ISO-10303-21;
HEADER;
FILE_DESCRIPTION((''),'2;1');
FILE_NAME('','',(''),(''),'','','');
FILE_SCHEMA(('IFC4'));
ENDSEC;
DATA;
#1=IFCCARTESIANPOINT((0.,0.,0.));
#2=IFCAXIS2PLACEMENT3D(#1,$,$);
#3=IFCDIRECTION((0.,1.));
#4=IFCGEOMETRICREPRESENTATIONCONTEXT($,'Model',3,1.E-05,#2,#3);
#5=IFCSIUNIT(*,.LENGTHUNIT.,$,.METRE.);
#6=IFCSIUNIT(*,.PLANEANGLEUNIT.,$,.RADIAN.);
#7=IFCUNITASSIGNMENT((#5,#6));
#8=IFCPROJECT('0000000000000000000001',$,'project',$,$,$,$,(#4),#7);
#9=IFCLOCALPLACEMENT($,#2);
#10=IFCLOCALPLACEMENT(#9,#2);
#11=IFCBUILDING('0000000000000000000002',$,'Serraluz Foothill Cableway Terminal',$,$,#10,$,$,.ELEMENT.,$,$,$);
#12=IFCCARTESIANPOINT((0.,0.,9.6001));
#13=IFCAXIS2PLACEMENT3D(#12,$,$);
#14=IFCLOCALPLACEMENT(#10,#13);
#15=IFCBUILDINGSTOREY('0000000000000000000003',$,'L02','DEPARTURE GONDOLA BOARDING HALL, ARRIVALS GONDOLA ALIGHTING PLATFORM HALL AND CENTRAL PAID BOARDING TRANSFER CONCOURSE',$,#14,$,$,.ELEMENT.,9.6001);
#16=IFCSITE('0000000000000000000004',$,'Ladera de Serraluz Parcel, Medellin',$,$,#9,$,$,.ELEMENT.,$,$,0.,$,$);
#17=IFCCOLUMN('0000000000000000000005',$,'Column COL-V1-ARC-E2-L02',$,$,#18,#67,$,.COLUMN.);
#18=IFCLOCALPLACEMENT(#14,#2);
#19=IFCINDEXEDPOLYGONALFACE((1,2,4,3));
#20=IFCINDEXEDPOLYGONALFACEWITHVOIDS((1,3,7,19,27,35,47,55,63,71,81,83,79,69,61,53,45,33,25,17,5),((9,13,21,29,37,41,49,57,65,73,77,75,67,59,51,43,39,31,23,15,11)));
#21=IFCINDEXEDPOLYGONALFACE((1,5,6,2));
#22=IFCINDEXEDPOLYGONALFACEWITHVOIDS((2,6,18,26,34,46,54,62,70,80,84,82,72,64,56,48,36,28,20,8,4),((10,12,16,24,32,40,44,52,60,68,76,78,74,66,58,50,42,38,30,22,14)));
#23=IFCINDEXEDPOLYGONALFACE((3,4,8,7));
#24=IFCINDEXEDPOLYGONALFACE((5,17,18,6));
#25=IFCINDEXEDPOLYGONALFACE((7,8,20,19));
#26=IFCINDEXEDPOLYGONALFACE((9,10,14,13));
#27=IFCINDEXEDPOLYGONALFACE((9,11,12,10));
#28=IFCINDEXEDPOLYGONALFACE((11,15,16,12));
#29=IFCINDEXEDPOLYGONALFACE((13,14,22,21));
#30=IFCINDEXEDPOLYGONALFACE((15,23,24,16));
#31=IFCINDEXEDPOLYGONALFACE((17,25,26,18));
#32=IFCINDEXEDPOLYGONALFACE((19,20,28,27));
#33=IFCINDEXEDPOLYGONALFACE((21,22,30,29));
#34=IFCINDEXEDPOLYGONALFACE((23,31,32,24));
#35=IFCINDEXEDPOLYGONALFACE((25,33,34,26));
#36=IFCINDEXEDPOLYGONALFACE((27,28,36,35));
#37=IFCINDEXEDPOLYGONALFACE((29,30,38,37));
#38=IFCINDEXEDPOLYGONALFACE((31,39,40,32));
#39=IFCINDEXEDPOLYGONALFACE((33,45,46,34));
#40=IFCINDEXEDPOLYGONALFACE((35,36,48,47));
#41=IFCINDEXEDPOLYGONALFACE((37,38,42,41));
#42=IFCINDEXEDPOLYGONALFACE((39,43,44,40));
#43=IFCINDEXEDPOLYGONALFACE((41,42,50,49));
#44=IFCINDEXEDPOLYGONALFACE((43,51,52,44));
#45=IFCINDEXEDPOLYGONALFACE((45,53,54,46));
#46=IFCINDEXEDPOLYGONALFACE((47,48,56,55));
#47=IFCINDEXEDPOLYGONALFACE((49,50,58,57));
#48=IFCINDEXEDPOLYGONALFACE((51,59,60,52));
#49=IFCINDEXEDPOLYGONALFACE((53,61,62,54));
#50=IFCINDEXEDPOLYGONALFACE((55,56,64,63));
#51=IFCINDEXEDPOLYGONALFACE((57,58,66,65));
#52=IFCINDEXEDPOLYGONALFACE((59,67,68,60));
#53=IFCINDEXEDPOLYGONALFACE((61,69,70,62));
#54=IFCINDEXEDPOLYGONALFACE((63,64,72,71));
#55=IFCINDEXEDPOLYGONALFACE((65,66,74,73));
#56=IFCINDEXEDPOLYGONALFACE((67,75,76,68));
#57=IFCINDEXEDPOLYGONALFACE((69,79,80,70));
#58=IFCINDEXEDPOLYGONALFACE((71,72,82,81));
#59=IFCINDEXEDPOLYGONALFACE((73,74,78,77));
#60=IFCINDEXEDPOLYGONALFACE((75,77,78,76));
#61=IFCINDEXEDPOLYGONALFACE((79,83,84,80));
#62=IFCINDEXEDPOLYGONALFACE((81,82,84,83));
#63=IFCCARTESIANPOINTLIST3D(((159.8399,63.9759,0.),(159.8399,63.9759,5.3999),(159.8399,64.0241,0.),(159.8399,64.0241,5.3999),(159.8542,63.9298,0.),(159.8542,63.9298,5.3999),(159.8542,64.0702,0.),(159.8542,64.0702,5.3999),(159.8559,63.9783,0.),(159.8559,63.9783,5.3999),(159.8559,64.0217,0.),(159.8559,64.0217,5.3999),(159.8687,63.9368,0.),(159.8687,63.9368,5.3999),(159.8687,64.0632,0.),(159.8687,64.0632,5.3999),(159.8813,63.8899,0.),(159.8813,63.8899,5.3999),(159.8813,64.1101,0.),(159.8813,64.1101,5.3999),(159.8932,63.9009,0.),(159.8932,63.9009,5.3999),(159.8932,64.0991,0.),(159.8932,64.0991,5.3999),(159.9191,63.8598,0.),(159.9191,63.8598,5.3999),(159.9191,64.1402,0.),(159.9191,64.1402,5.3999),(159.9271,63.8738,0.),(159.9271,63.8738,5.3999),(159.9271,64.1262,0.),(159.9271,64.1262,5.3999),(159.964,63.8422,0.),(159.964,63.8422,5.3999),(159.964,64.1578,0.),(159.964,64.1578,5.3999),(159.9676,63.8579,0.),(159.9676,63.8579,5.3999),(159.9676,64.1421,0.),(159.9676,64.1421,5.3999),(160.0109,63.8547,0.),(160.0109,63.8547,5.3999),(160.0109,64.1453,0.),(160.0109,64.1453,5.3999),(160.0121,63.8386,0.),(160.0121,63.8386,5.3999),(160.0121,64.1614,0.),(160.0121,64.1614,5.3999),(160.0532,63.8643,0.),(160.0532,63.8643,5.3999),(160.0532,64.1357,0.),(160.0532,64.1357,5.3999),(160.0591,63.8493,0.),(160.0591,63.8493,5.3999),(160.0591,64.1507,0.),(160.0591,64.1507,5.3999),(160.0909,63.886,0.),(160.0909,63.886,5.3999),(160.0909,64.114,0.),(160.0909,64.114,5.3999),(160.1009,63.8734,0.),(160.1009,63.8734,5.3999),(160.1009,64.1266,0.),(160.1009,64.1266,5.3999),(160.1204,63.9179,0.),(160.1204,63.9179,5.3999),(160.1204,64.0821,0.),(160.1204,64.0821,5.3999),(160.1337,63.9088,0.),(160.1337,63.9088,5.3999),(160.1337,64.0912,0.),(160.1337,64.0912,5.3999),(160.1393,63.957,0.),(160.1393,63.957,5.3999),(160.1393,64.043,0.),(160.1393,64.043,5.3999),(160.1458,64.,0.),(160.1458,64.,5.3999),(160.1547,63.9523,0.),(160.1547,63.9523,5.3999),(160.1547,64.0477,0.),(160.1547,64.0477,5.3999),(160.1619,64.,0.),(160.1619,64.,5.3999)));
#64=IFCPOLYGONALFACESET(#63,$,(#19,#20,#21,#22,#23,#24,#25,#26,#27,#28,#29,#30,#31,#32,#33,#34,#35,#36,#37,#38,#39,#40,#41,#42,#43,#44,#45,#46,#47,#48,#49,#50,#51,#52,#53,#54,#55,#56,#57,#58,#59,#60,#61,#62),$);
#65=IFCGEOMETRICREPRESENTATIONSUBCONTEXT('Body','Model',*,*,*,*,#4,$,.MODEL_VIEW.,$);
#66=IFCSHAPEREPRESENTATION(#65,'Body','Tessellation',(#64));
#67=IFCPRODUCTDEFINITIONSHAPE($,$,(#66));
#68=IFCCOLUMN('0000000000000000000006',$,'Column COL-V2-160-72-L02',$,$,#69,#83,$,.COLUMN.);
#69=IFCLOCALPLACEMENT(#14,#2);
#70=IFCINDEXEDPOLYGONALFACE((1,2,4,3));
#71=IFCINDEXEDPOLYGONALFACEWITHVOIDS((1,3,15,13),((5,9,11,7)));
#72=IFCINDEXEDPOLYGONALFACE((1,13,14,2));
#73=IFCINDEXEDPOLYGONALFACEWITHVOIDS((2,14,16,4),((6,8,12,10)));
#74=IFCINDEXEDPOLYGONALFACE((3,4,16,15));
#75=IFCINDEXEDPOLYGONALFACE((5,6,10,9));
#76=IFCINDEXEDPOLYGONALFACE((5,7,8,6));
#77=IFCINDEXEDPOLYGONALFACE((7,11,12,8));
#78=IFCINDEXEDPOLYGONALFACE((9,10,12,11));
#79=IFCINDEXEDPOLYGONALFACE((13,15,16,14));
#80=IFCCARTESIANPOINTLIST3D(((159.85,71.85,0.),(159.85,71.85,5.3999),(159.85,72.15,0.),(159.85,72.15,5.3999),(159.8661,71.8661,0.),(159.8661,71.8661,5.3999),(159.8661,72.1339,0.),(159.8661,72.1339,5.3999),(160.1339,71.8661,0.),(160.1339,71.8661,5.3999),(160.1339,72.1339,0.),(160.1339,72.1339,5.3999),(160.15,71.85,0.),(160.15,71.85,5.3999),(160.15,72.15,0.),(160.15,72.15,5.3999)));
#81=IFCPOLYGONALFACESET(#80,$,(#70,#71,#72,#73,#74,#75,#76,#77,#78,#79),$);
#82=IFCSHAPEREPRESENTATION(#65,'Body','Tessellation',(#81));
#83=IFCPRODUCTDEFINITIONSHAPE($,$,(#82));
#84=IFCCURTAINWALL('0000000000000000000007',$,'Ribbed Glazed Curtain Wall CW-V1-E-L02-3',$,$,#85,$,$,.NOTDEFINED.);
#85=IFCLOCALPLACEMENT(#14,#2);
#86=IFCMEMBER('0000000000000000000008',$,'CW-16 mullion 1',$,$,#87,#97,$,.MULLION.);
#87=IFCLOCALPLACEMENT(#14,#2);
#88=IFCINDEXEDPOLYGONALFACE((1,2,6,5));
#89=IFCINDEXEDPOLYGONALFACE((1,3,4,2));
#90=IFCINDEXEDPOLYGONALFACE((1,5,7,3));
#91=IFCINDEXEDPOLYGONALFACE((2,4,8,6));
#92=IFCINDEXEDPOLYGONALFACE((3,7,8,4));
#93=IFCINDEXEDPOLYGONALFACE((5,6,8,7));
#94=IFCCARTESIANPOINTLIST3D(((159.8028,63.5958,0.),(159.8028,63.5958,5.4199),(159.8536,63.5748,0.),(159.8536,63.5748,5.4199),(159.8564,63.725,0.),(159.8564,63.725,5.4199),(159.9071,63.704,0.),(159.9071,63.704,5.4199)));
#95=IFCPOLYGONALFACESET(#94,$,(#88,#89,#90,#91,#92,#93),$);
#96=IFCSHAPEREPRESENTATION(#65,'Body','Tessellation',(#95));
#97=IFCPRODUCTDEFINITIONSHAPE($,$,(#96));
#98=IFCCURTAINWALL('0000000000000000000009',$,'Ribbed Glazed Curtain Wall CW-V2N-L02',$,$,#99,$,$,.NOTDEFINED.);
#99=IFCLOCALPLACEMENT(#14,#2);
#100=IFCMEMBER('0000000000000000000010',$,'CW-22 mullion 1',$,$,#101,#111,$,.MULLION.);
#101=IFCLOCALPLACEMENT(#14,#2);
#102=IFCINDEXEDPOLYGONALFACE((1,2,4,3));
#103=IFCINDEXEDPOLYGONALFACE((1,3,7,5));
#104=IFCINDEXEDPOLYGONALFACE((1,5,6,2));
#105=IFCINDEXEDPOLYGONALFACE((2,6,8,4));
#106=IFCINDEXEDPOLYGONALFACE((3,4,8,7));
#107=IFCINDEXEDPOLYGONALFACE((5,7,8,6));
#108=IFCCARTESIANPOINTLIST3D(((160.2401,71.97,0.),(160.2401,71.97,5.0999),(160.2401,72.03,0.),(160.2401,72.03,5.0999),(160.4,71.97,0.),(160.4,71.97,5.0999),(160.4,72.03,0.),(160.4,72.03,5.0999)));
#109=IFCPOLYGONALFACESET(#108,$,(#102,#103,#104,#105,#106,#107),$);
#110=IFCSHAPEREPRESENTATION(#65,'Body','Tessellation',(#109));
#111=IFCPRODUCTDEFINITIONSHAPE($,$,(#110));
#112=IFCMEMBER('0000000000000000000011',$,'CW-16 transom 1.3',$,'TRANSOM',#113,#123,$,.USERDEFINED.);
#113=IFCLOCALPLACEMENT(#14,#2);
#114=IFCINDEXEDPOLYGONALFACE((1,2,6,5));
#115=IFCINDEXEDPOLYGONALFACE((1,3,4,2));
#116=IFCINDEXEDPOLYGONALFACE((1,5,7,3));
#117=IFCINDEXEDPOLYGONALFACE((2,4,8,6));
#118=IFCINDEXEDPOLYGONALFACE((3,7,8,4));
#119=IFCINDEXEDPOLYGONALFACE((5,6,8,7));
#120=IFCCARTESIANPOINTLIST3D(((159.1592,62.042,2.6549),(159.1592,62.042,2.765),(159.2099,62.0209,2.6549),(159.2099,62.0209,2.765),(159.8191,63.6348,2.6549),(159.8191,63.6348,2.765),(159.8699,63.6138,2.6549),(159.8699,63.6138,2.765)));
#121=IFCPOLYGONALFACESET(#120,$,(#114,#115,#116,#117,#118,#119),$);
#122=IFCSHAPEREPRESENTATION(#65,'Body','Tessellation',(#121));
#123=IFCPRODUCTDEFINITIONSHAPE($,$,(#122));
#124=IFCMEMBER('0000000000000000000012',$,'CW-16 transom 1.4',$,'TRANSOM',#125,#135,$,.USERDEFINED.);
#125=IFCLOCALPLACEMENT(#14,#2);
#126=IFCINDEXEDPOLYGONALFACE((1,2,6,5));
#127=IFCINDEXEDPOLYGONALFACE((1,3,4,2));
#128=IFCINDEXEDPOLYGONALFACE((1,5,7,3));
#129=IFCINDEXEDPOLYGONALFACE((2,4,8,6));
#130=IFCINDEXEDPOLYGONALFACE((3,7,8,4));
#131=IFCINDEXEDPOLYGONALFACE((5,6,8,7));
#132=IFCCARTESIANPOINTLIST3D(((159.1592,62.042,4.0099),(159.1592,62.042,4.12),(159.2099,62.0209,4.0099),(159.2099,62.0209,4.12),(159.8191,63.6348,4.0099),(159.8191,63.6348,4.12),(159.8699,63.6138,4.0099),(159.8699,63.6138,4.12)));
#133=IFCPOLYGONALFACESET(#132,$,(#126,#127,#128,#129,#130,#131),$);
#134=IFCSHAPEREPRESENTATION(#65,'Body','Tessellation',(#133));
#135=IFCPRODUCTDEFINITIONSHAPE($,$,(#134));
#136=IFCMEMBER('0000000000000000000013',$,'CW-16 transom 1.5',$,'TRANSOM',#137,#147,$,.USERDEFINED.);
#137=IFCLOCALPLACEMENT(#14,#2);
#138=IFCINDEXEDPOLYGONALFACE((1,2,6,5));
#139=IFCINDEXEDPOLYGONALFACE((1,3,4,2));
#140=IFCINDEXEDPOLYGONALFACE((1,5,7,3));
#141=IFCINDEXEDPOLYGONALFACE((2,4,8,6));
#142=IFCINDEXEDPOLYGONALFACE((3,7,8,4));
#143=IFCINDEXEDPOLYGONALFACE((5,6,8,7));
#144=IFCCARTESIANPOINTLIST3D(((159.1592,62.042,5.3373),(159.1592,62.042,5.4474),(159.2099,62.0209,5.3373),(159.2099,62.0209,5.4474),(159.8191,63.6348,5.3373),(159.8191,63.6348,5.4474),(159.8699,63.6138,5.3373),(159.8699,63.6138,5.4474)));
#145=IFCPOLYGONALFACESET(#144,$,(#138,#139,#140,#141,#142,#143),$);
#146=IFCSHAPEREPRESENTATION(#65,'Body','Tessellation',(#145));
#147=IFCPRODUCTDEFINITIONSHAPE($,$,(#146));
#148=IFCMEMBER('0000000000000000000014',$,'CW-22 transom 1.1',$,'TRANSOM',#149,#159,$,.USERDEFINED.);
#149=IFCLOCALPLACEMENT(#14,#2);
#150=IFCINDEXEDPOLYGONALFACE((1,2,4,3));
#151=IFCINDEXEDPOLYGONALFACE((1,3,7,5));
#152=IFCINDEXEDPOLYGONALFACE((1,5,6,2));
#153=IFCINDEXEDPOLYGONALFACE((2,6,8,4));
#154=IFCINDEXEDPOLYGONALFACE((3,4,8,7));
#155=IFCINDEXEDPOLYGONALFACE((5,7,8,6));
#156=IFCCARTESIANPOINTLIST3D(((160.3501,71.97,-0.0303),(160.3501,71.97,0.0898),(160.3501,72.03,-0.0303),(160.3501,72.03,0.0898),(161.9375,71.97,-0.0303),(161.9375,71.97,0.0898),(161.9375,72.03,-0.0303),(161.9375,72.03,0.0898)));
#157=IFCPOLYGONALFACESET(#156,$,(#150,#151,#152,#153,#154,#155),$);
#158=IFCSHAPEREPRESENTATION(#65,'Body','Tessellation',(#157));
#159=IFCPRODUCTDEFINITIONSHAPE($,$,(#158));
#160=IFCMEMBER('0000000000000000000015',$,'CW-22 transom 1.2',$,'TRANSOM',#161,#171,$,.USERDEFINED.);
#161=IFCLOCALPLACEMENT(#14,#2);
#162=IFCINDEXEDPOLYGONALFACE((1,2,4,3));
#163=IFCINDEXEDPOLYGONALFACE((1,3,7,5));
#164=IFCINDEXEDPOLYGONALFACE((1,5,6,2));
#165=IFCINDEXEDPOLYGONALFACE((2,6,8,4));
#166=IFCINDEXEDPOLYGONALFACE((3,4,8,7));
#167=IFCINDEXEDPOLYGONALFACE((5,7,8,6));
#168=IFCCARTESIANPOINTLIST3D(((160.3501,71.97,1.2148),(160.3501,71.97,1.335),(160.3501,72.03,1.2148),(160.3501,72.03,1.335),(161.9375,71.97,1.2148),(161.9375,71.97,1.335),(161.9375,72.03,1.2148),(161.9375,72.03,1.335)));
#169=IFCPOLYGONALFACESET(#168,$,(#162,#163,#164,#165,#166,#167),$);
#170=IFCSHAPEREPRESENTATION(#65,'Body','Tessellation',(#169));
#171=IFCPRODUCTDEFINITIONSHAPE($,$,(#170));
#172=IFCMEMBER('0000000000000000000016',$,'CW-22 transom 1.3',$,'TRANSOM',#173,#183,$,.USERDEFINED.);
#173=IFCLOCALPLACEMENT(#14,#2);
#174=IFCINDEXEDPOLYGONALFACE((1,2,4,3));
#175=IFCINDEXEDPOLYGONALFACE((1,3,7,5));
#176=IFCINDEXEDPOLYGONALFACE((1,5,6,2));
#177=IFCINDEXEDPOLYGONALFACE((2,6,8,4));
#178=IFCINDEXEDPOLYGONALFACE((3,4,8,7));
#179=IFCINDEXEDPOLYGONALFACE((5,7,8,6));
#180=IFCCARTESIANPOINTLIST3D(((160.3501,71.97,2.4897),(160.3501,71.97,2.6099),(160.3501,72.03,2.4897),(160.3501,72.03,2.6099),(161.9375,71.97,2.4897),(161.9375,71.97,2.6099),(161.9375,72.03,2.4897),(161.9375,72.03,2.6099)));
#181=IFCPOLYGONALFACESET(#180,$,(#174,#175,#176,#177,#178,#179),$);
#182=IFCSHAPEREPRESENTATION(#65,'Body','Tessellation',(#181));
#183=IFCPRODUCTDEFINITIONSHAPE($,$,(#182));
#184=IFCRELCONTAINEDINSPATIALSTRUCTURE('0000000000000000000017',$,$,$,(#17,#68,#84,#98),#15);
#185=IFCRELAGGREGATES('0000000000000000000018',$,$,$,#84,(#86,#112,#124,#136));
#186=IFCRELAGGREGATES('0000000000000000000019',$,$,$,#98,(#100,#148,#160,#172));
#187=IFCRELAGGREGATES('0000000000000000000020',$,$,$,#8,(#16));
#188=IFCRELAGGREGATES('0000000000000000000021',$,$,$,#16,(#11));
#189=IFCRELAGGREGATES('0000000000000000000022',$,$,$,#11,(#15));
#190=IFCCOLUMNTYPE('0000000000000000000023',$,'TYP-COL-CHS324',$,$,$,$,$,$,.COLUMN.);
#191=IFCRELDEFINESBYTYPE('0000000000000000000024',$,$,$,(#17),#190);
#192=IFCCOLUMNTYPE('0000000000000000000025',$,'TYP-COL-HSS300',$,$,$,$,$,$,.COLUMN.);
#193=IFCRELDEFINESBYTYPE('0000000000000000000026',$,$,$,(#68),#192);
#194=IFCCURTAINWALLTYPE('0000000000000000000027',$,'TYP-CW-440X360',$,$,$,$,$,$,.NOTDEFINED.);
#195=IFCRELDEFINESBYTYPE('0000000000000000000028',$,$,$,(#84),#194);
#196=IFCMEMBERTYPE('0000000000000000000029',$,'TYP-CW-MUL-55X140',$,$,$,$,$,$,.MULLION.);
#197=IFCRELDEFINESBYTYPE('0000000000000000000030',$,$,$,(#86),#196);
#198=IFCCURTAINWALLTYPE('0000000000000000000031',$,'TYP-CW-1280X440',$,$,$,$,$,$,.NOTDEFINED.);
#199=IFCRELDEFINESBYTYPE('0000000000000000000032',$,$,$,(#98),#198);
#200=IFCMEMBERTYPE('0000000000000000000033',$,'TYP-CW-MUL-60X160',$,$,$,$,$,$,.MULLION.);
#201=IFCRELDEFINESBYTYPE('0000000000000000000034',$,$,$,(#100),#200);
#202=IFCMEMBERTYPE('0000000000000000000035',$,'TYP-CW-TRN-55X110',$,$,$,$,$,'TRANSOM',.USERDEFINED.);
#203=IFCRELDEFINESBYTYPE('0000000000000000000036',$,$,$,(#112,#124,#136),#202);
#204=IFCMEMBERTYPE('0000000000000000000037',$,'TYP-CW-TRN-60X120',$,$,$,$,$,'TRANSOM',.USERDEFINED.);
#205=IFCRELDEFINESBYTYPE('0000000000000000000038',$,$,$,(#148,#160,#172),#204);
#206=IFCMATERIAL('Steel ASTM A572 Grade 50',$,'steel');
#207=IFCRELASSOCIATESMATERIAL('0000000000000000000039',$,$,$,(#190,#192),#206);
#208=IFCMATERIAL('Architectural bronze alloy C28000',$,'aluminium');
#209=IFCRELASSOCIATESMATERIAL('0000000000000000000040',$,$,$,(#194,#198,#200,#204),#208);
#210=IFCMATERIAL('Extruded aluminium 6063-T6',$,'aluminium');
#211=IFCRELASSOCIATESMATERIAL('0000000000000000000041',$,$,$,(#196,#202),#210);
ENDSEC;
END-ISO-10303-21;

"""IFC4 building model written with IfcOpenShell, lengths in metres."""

from ifc_helpers import new_model, si_unit, direction, frame, origin, origin_2d, place, context, subcontext, project, spatial, rectangle, hollow_rectangle, hollow_circle, extrude, material, material_profile, profile_set, type_object, element, aggregate, save


model = new_model("IFC4")

# Units and contexts
model_context = context("Model", 3, precision=1e-05, world=origin(), true_north=direction((0.0, 1.0)))
body_context = subcontext(model_context, "Body", "Model", "MODEL_VIEW")
ifc_project = project(units=[si_unit("LENGTHUNIT", "METRE"), si_unit("PLANEANGLEUNIT", "RADIAN")], contexts=[model_context])

# Site, building, storey
site_placement = place(None, origin())
site = spatial("IfcSite", under=ifc_project, at=site_placement, Name="Ladera de Serraluz Parcel, Medellin", CompositionType="ELEMENT", RefElevation=0.0)
building_placement = place(site_placement, origin())
building = spatial("IfcBuilding", under=site, at=building_placement, Name="Serraluz Foothill Cableway Terminal", CompositionType="ELEMENT")
storey_placement = place(building_placement, frame((0.0, 0.0, 9.6001)))
storey = spatial("IfcBuildingStorey", under=building, at=storey_placement, Name="L02", Description="DEPARTURE GONDOLA BOARDING HALL, ARRIVALS GONDOLA ALIGHTING PLATFORM HALL AND CENTRAL PAID BOARDING TRANSFER CONCOURSE", CompositionType="ELEMENT", Elevation=9.6001)

# Columns
ifc_material_1 = material(Name="Steel ASTM A572 Grade 50", Category="steel")
ifc_material_profile_1 = material_profile(ifc_material_1, hollow_circle(Radius=0.1619, WallThickness=0.0161, at=origin_2d()), Name="CHS324X16")
ifc_profile_set_1 = profile_set([ifc_material_profile_1], Name="Steel ASTM A572 Grade 50")
column_type_1 = type_object("IfcColumnType", Name="TYP-COL-CHS324", PredefinedType="COLUMN", material=ifc_profile_set_1)
column_1_placement = place(storey_placement, frame((160.0, 64.0, 0.0), z_axis=(0.0, 0.0, 1.0), x_axis=(1.0, 0.0, 0.0)))
element("IfcColumn", 1, at=column_1_placement, inside=storey, type_object=column_type_1, Name="Column COL-V1-ARC-E2-L02", PredefinedType="COLUMN", context=body_context, shape_type="SweptSolid", body=[
    extrude(hollow_circle(Radius=0.1619, WallThickness=0.0161, at=origin_2d()), origin(), (0.0, 0.0, 1.0), 5.3999),
])
ifc_material_profile_2 = material_profile(ifc_material_1, hollow_rectangle(XDim=0.3, YDim=0.3, WallThickness=0.0161, at=origin_2d()), Name="HSS300X300X16")
ifc_profile_set_2 = profile_set([ifc_material_profile_2], Name="Steel ASTM A572 Grade 50")
column_type_2 = type_object("IfcColumnType", Name="TYP-COL-HSS300", PredefinedType="COLUMN", material=ifc_profile_set_2)
column_2_placement = place(storey_placement, frame((160.0, 72.0, 0.0), z_axis=(0.0, 0.0, 1.0), x_axis=(1.0, 0.0, 0.0)))
element("IfcColumn", 2, at=column_2_placement, inside=storey, type_object=column_type_2, Name="Column COL-V2-160-72-L02", PredefinedType="COLUMN", context=body_context, shape_type="SweptSolid", body=[
    extrude(hollow_rectangle(XDim=0.3, YDim=0.3, WallThickness=0.0161, at=origin_2d()), origin(), (0.0, 0.0, 1.0), 5.3999),
])

# Curtain walls, members
ifc_material_2 = material(Name="Architectural bronze alloy C28000", Category="aluminium")
curtain_wall_type_1 = type_object("IfcCurtainWallType", Name="TYP-CW-440X360", PredefinedType="NOTDEFINED", material=ifc_material_2)
curtain_wall_1_placement = place(storey_placement, origin())
curtain_wall_1 = element("IfcCurtainWall", 3, at=curtain_wall_1_placement, inside=storey, type_object=curtain_wall_type_1, Name="Ribbed Glazed Curtain Wall CW-V1-E-L02-3", PredefinedType="NOTDEFINED")
ifc_material_3 = material(Name="Extruded aluminium 6063-T6", Category="aluminium")
ifc_material_profile_3 = material_profile(ifc_material_3, rectangle(XDim=0.0549, YDim=0.1399, at=origin_2d()), Name="ALU MULLION 55x140")
ifc_profile_set_3 = profile_set([ifc_material_profile_3], Name="Extruded aluminium 6063-T6")
member_type_1 = type_object("IfcMemberType", Name="TYP-CW-MUL-55X140", PredefinedType="MULLION", material=ifc_profile_set_3)
member_1_placement = place(storey_placement, frame((159.855, 63.6499, 0.0), z_axis=(0.0, 0.0, 1.0), x_axis=(0.923879, -0.382685, 0.0)))
member_1 = element("IfcMember", 4, at=member_1_placement, type_object=member_type_1, Name="CW-16 mullion 1", PredefinedType="MULLION", context=body_context, shape_type="SweptSolid", body=[
    extrude(rectangle(XDim=0.0549, YDim=0.1399, at=origin_2d()), origin(), (0.0, 0.0, 1.0), 5.4199),
])
curtain_wall_type_2 = type_object("IfcCurtainWallType", Name="TYP-CW-1280X440", PredefinedType="NOTDEFINED", material=ifc_material_2)
curtain_wall_2_placement = place(storey_placement, origin())
curtain_wall_2 = element("IfcCurtainWall", 5, at=curtain_wall_2_placement, inside=storey, type_object=curtain_wall_type_2, Name="Ribbed Glazed Curtain Wall CW-V2N-L02", PredefinedType="NOTDEFINED")
ifc_material_profile_4 = material_profile(ifc_material_2, rectangle(XDim=0.0601, YDim=0.1599, at=origin_2d()), Name="ALU MULLION 60x160")
ifc_profile_set_4 = profile_set([ifc_material_profile_4], Name="Architectural bronze alloy C28000")
member_type_2 = type_object("IfcMemberType", Name="TYP-CW-MUL-60X160", PredefinedType="MULLION", material=ifc_profile_set_4)
member_2_placement = place(storey_placement, frame((160.3201, 72.0, 0.0), z_axis=(0.0, 0.0, 1.0), x_axis=(0.0, 1.0, 0.0)))
member_2 = element("IfcMember", 6, at=member_2_placement, type_object=member_type_2, Name="CW-22 mullion 1", PredefinedType="MULLION", context=body_context, shape_type="SweptSolid", body=[
    extrude(rectangle(XDim=0.0601, YDim=0.1599, at=origin_2d()), origin(), (0.0, 0.0, 1.0), 5.0999),
])

# Members
ifc_material_profile_5 = material_profile(ifc_material_3, rectangle(XDim=0.0549, YDim=0.1101, at=origin_2d()), Name="ALU TRANSOM 55x110")
ifc_profile_set_5 = profile_set([ifc_material_profile_5], Name="Extruded aluminium 6063-T6")
member_type_3 = type_object("IfcMemberType", Name="TYP-CW-TRN-55X110", ElementType="TRANSOM", PredefinedType="USERDEFINED", material=ifc_profile_set_5)
member_3_placement = place(storey_placement, frame((159.8445, 63.6243, 2.71), z_axis=(-0.382765, -0.923846, 0.0), x_axis=(0.923846, -0.382765, 0.0)))
member_3 = element("IfcMember", 7, at=member_3_placement, type_object=member_type_3, Name="CW-16 transom 1.3", ObjectType="TRANSOM", PredefinedType="USERDEFINED", context=body_context, shape_type="SweptSolid", body=[
    extrude(rectangle(XDim=0.0549, YDim=0.1101, at=origin_2d()), origin(), (0.0, 0.0, 1.0), 1.7241),
])
member_4_placement = place(storey_placement, frame((159.8445, 63.6243, 4.0649), z_axis=(-0.382765, -0.923846, 0.0), x_axis=(0.923846, -0.382765, 0.0)))
member_4 = element("IfcMember", 8, at=member_4_placement, type_object=member_type_3, Name="CW-16 transom 1.4", ObjectType="TRANSOM", PredefinedType="USERDEFINED", context=body_context, shape_type="SweptSolid", body=[
    extrude(rectangle(XDim=0.0549, YDim=0.1101, at=origin_2d()), origin(), (0.0, 0.0, 1.0), 1.7241),
])
member_5_placement = place(storey_placement, frame((159.8445, 63.6243, 5.3923), z_axis=(-0.382765, -0.923846, 0.0), x_axis=(0.923846, -0.382765, 0.0)))
member_5 = element("IfcMember", 9, at=member_5_placement, type_object=member_type_3, Name="CW-16 transom 1.5", ObjectType="TRANSOM", PredefinedType="USERDEFINED", context=body_context, shape_type="SweptSolid", body=[
    extrude(rectangle(XDim=0.0549, YDim=0.1101, at=origin_2d()), origin(), (0.0, 0.0, 1.0), 1.7241),
])
aggregate(curtain_wall_1, [member_1, member_3, member_4, member_5])
ifc_material_profile_6 = material_profile(ifc_material_2, rectangle(XDim=0.0601, YDim=0.1201, at=origin_2d()), Name="ALU TRANSOM 60x120")
ifc_profile_set_6 = profile_set([ifc_material_profile_6], Name="Architectural bronze alloy C28000")
member_type_4 = type_object("IfcMemberType", Name="TYP-CW-TRN-60X120", ElementType="TRANSOM", PredefinedType="USERDEFINED", material=ifc_profile_set_6)
member_6_placement = place(storey_placement, frame((160.3501, 72.0, 0.0298), z_axis=(1.0, 0.0, 0.0), x_axis=(0.0, 1.0, 0.0)))
member_6 = element("IfcMember", 10, at=member_6_placement, type_object=member_type_4, Name="CW-22 transom 1.1", ObjectType="TRANSOM", PredefinedType="USERDEFINED", context=body_context, shape_type="SweptSolid", body=[
    extrude(rectangle(XDim=0.0601, YDim=0.1201, at=origin_2d()), origin(), (0.0, 0.0, 1.0), 1.5874),
])
member_7_placement = place(storey_placement, frame((160.3501, 72.0, 1.2749), z_axis=(1.0, 0.0, 0.0), x_axis=(0.0, 1.0, 0.0)))
member_7 = element("IfcMember", 11, at=member_7_placement, type_object=member_type_4, Name="CW-22 transom 1.2", ObjectType="TRANSOM", PredefinedType="USERDEFINED", context=body_context, shape_type="SweptSolid", body=[
    extrude(rectangle(XDim=0.0601, YDim=0.1201, at=origin_2d()), origin(), (0.0, 0.0, 1.0), 1.5874),
])
member_8_placement = place(storey_placement, frame((160.3501, 72.0, 2.5498), z_axis=(1.0, 0.0, 0.0), x_axis=(0.0, 1.0, 0.0)))
member_8 = element("IfcMember", 12, at=member_8_placement, type_object=member_type_4, Name="CW-22 transom 1.3", ObjectType="TRANSOM", PredefinedType="USERDEFINED", context=body_context, shape_type="SweptSolid", body=[
    extrude(rectangle(XDim=0.0601, YDim=0.1201, at=origin_2d()), origin(), (0.0, 0.0, 1.0), 1.5874),
])

aggregate(curtain_wall_2, [member_2, member_6, member_7, member_8])

save(model, "model.ifc")
